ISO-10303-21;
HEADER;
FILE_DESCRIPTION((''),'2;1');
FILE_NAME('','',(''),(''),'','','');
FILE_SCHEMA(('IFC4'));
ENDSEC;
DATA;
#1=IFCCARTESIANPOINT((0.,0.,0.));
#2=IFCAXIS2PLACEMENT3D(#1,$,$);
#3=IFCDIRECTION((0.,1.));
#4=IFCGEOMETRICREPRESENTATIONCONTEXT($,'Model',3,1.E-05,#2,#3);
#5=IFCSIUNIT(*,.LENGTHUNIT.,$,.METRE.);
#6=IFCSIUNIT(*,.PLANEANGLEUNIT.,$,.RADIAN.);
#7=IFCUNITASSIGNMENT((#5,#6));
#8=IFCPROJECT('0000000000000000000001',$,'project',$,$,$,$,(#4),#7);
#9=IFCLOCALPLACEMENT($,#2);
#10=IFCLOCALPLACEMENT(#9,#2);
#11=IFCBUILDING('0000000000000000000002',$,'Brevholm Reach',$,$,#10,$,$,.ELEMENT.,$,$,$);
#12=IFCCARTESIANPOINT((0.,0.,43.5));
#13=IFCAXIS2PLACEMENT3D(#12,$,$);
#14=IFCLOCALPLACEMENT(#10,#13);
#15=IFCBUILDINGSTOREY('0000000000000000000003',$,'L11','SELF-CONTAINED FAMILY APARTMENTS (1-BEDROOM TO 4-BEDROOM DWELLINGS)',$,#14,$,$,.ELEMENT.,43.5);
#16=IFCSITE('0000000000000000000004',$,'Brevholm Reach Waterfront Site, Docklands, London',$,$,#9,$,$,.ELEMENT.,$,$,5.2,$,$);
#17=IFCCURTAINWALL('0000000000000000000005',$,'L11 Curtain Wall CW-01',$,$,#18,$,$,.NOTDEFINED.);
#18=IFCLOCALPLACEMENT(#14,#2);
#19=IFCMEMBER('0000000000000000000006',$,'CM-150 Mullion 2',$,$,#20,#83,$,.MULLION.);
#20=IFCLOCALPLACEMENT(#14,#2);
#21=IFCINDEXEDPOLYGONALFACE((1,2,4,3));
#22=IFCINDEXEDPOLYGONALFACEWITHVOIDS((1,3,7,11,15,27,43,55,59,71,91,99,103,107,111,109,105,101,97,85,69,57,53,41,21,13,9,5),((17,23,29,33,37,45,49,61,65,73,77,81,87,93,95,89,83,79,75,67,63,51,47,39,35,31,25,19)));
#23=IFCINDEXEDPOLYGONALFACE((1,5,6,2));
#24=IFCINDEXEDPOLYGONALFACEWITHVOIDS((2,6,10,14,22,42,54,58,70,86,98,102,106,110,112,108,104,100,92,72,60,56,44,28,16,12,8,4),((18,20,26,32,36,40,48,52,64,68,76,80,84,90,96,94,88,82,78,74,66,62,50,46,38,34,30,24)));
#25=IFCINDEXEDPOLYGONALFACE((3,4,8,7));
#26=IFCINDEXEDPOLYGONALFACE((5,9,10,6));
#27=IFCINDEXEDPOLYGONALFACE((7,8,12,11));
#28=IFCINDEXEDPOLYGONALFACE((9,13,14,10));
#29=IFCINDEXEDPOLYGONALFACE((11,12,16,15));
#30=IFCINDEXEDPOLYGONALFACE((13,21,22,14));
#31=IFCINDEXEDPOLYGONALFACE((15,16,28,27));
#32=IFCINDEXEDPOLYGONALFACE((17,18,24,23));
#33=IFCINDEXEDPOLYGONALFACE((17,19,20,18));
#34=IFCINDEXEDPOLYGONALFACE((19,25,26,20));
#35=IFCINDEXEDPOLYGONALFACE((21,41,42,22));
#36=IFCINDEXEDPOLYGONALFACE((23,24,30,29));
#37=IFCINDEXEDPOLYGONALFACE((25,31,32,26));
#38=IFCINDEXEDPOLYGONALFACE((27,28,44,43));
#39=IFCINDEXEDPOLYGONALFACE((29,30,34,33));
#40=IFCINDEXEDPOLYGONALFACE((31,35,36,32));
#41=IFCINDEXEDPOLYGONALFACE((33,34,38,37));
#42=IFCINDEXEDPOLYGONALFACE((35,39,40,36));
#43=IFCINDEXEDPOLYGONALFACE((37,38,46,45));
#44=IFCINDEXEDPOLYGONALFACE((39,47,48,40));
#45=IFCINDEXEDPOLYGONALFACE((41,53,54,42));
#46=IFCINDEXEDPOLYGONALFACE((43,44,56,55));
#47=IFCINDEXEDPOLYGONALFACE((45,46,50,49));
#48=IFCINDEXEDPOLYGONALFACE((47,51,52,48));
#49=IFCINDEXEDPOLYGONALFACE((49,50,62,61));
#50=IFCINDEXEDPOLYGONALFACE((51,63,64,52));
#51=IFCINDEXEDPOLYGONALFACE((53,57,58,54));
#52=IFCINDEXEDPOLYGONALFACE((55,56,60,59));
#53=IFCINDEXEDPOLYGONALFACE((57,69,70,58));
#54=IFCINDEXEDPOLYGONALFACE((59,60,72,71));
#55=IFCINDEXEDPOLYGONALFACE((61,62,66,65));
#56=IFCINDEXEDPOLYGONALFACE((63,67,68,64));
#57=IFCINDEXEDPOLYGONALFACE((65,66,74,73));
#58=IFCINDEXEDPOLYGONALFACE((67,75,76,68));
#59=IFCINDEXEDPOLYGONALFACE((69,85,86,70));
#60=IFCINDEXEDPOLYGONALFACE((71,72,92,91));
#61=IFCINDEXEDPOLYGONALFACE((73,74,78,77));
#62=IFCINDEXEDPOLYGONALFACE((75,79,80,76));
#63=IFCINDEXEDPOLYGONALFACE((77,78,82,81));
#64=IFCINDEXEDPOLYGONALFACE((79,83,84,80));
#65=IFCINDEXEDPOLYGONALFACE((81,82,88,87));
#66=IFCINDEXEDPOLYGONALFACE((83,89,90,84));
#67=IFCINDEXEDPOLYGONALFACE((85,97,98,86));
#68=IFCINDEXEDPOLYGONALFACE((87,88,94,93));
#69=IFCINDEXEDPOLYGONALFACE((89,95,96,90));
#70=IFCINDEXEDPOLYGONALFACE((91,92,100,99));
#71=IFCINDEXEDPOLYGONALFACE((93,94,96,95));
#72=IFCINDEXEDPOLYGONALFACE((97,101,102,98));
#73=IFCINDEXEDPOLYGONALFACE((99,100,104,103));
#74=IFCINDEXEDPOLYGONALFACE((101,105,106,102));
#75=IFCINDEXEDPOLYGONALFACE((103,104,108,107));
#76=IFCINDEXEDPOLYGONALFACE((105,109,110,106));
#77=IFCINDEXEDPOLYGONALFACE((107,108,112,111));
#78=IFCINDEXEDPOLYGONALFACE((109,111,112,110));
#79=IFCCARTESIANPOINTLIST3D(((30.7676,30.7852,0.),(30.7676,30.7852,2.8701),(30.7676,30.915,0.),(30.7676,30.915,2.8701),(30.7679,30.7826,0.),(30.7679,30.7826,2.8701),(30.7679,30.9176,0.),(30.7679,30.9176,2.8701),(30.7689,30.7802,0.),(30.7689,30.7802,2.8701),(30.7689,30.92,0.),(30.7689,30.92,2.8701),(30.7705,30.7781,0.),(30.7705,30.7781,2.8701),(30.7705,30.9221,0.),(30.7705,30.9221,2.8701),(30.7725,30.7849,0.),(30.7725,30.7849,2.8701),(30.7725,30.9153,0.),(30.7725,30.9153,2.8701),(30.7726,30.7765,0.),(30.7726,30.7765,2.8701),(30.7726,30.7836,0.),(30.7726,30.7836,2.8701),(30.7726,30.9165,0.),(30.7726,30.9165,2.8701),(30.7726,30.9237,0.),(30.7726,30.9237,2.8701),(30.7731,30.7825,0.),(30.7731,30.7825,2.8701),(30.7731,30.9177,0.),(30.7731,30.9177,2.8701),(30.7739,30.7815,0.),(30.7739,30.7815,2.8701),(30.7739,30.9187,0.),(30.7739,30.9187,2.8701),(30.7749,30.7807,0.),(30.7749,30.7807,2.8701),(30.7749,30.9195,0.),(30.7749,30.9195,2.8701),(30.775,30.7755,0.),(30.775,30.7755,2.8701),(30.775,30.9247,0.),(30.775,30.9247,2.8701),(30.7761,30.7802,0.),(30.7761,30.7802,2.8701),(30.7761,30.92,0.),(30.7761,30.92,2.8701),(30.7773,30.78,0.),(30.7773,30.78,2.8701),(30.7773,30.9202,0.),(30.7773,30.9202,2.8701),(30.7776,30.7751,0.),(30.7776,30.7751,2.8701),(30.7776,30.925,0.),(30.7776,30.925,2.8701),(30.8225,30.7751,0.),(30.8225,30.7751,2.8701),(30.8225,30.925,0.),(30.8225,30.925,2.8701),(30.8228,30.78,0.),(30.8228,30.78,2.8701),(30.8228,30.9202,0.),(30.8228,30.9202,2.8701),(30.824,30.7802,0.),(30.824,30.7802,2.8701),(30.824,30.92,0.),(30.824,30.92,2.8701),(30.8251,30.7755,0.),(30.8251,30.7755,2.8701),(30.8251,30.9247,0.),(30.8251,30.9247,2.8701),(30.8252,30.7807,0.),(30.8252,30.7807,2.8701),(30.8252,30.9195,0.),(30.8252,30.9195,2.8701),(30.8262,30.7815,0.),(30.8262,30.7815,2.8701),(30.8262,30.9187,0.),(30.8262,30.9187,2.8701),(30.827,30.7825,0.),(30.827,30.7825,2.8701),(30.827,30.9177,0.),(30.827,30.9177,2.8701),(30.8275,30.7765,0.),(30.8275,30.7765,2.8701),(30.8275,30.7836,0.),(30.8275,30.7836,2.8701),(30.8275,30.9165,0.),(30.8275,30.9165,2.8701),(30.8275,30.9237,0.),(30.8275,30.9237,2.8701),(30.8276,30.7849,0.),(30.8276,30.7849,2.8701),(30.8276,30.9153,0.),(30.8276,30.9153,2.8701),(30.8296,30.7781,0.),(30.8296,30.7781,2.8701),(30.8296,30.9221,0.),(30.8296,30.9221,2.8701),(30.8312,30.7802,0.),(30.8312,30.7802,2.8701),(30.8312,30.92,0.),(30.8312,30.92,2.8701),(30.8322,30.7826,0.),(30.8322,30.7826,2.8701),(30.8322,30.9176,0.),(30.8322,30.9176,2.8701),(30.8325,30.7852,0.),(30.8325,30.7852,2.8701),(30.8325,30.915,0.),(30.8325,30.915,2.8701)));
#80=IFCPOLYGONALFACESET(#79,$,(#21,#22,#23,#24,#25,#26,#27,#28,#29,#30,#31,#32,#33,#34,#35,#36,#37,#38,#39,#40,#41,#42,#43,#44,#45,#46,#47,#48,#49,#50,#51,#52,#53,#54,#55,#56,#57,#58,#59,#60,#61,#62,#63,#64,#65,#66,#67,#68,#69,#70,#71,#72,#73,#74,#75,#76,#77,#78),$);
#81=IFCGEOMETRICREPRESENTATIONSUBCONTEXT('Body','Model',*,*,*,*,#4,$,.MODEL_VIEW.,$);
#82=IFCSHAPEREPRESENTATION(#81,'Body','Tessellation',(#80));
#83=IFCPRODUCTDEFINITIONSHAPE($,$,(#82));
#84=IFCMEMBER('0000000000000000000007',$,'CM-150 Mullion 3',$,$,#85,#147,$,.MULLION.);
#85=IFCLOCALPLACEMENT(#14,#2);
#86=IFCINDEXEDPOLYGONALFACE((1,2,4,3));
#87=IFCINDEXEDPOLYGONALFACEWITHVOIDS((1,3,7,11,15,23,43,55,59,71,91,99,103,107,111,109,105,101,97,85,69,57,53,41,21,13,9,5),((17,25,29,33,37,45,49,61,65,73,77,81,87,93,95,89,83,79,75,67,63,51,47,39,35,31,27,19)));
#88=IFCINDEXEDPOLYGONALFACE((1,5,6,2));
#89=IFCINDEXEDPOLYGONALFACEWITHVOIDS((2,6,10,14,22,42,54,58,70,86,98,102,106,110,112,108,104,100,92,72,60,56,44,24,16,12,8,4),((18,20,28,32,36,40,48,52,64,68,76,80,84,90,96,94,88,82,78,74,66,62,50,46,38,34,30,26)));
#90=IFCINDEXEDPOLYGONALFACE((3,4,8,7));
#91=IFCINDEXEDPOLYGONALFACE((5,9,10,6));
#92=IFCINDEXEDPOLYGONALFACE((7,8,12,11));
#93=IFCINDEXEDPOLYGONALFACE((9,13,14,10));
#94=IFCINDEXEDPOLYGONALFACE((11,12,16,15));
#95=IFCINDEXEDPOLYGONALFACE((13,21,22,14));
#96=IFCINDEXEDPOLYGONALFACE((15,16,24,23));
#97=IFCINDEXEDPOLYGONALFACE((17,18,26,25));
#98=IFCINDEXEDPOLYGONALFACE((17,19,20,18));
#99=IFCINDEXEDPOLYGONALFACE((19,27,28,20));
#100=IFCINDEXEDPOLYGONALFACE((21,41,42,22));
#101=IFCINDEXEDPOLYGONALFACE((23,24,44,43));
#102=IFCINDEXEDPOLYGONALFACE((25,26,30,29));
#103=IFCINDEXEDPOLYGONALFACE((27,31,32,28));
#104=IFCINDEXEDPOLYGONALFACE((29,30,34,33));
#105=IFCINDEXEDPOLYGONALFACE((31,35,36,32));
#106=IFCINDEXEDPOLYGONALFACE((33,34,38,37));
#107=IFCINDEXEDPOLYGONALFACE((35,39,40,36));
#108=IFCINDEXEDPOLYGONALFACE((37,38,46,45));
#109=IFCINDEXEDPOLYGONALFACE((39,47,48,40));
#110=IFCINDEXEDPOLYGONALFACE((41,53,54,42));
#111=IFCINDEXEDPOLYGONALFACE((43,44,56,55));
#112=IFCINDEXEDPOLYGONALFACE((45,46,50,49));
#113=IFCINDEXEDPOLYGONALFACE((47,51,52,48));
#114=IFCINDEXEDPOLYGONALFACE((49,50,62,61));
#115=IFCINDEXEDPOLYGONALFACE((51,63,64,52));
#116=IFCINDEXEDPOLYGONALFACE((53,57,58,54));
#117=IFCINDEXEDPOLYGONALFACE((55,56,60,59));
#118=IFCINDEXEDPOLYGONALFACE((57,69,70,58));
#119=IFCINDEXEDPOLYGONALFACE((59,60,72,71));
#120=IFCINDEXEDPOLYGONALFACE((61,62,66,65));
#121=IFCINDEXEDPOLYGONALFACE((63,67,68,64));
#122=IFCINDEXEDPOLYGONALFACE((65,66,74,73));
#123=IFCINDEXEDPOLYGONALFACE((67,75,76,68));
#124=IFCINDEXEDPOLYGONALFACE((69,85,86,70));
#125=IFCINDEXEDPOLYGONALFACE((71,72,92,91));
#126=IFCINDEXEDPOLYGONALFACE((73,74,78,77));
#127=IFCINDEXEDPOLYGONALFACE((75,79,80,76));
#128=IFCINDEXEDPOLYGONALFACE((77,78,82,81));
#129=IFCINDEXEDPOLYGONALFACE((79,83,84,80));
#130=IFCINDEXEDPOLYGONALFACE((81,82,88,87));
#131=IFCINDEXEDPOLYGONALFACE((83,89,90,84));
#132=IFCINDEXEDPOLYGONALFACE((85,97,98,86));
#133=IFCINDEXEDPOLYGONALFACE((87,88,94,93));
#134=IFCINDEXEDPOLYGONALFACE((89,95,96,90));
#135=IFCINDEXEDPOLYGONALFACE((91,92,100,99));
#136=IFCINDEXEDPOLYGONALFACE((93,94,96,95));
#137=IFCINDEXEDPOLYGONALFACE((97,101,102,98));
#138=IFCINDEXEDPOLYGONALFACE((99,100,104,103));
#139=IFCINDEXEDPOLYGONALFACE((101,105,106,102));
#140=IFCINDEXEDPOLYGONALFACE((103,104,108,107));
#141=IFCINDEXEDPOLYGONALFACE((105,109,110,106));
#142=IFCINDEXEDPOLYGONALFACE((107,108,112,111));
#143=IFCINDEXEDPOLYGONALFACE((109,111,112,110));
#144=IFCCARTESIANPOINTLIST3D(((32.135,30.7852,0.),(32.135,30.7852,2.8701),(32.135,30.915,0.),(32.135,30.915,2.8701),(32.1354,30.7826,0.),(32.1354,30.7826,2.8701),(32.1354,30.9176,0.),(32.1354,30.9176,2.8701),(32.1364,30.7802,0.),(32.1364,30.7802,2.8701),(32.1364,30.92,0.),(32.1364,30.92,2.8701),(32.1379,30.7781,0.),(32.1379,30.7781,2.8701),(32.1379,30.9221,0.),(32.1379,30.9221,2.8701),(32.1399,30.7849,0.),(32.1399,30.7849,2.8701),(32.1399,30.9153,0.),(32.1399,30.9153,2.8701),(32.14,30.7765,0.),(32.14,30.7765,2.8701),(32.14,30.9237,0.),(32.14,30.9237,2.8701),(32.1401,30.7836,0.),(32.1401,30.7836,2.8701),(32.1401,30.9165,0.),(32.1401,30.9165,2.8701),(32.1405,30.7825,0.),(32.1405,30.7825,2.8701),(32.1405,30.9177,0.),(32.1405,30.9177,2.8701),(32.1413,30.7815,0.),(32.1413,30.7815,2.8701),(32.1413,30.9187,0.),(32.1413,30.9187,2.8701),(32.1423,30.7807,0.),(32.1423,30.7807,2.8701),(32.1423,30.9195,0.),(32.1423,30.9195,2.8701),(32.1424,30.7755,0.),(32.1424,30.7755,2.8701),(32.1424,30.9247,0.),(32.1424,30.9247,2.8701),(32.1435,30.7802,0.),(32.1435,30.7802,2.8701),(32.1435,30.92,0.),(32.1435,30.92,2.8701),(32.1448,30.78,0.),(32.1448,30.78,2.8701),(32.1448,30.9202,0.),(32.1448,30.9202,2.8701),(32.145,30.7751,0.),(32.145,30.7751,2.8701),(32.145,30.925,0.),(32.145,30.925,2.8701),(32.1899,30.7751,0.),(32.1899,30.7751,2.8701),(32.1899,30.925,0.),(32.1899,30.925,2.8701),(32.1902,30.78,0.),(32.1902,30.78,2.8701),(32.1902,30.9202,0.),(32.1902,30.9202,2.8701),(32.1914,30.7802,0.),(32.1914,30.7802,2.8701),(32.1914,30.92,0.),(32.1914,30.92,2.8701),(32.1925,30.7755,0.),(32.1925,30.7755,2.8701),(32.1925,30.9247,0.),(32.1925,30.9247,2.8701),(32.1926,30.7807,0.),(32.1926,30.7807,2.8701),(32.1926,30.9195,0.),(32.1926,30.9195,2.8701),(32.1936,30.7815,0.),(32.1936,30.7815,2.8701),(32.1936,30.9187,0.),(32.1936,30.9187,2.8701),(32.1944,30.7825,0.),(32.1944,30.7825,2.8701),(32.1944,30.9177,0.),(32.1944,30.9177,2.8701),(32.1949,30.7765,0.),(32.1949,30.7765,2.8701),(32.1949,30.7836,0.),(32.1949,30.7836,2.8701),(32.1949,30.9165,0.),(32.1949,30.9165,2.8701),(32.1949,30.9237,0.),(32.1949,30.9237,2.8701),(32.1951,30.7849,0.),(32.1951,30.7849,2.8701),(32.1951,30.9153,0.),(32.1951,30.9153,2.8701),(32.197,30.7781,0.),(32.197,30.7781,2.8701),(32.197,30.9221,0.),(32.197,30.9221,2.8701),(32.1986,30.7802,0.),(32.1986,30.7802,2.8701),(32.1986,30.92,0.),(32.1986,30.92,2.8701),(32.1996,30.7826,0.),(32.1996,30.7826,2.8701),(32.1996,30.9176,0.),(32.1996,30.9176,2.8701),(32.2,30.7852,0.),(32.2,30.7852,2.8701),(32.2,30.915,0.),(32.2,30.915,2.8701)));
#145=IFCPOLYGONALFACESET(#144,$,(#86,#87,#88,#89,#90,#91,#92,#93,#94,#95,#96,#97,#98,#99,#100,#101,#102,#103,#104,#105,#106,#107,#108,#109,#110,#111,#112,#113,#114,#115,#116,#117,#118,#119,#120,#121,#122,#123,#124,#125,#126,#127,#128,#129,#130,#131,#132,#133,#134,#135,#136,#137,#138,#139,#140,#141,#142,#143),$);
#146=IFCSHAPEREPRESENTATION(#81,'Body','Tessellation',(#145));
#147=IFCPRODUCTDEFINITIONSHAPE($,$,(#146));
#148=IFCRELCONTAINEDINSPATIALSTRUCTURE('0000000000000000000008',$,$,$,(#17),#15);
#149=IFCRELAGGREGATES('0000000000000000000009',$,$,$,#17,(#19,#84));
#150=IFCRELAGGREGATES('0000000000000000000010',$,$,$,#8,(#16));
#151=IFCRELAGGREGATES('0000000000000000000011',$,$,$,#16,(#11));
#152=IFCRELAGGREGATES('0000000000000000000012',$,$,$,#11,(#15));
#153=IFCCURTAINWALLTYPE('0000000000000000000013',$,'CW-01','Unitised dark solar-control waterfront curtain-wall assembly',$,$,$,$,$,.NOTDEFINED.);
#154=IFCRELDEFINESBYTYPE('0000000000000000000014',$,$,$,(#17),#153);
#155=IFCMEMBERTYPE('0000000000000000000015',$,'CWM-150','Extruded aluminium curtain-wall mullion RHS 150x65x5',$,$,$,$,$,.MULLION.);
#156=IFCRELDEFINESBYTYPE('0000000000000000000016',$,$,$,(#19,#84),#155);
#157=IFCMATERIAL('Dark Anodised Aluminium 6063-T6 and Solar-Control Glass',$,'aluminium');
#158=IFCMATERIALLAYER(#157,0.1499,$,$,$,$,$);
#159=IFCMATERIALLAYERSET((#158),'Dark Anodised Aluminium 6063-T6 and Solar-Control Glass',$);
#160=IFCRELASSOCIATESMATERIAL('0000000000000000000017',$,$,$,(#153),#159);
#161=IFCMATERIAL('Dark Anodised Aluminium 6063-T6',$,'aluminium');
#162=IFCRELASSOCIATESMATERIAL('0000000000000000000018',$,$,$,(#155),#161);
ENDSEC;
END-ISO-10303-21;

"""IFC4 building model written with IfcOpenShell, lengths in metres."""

from ifc_helpers import new_model, si_unit, direction, frame, origin, origin_2d, place, context, subcontext, project, spatial, hollow_rectangle, extrude, material, layer, layer_set, material_profile, profile_set, type_object, element, aggregate, save


model = new_model("IFC4")

# Units and contexts
model_context = context("Model", 3, precision=1e-05, world=origin(), true_north=direction((0.0, 1.0)))
body_context = subcontext(model_context, "Body", "Model", "MODEL_VIEW")
ifc_project = project(units=[si_unit("LENGTHUNIT", "METRE"), si_unit("PLANEANGLEUNIT", "RADIAN")], contexts=[model_context])

# Site, building, storey
site_placement = place(None, origin())
site = spatial("IfcSite", under=ifc_project, at=site_placement, Name="Brevholm Reach Waterfront Site, Docklands, London", CompositionType="ELEMENT", RefElevation=5.2)
building_placement = place(site_placement, origin())
building = spatial("IfcBuilding", under=site, at=building_placement, Name="Brevholm Reach", CompositionType="ELEMENT")
storey_placement = place(building_placement, frame((0.0, 0.0, 43.5)))
storey = spatial("IfcBuildingStorey", under=building, at=storey_placement, Name="L11", Description="SELF-CONTAINED FAMILY APARTMENTS (1-BEDROOM TO 4-BEDROOM DWELLINGS)", CompositionType="ELEMENT", Elevation=43.5)

# Curtain wall, members
ifc_material_1 = material(Name="Dark Anodised Aluminium 6063-T6 and Solar-Control Glass", Category="aluminium")
ifc_layer_1 = layer(ifc_material_1, 0.1499)
ifc_layer_set_1 = layer_set([ifc_layer_1], Name="Dark Anodised Aluminium 6063-T6 and Solar-Control Glass")
curtain_wall_type_1 = type_object("IfcCurtainWallType", Name="CW-01", Description="Unitised dark solar-control waterfront curtain-wall assembly", PredefinedType="NOTDEFINED", material=ifc_layer_set_1)
curtain_wall_1_placement = place(storey_placement, origin())
curtain_wall_1 = element("IfcCurtainWall", 1, at=curtain_wall_1_placement, inside=storey, type_object=curtain_wall_type_1, Name="L11 Curtain Wall CW-01", PredefinedType="NOTDEFINED")
ifc_material_2 = material(Name="Dark Anodised Aluminium 6063-T6", Category="aluminium")
ifc_material_profile_1 = material_profile(ifc_material_2, hollow_rectangle(XDim=0.0649, YDim=0.1499, WallThickness=0.0049, InnerFilletRadius=0.0049, OuterFilletRadius=0.01, at=origin_2d()), Name="RHS 150x65x5")
ifc_profile_set_1 = profile_set([ifc_material_profile_1], Name="Dark Anodised Aluminium 6063-T6")
member_type_1 = type_object("IfcMemberType", Name="CWM-150", Description="Extruded aluminium curtain-wall mullion RHS 150x65x5", PredefinedType="MULLION", material=ifc_profile_set_1)
member_1_placement = place(storey_placement, frame((30.8, 30.8501, 0.0), z_axis=(0.0, 0.0, 1.0), x_axis=(1.0, 0.0, 0.0)))
member_1 = element("IfcMember", 2, at=member_1_placement, type_object=member_type_1, Name="CM-150 Mullion 2", PredefinedType="MULLION", context=body_context, shape_type="SweptSolid", body=[
    extrude(hollow_rectangle(XDim=0.0649, YDim=0.1499, WallThickness=0.0049, InnerFilletRadius=0.0049, OuterFilletRadius=0.01, at=origin_2d()), origin(), (0.0, 0.0, 1.0), 2.8701),
])
member_2_placement = place(storey_placement, frame((32.1675, 30.8501, 0.0), z_axis=(0.0, 0.0, 1.0), x_axis=(1.0, 0.0, 0.0)))
member_2 = element("IfcMember", 3, at=member_2_placement, type_object=member_type_1, Name="CM-150 Mullion 3", PredefinedType="MULLION", context=body_context, shape_type="SweptSolid", body=[
    extrude(hollow_rectangle(XDim=0.0649, YDim=0.1499, WallThickness=0.0049, InnerFilletRadius=0.0049, OuterFilletRadius=0.01, at=origin_2d()), origin(), (0.0, 0.0, 1.0), 2.8701),
])

aggregate(curtain_wall_1, [member_1, member_2])

save(model, "model.ifc")
